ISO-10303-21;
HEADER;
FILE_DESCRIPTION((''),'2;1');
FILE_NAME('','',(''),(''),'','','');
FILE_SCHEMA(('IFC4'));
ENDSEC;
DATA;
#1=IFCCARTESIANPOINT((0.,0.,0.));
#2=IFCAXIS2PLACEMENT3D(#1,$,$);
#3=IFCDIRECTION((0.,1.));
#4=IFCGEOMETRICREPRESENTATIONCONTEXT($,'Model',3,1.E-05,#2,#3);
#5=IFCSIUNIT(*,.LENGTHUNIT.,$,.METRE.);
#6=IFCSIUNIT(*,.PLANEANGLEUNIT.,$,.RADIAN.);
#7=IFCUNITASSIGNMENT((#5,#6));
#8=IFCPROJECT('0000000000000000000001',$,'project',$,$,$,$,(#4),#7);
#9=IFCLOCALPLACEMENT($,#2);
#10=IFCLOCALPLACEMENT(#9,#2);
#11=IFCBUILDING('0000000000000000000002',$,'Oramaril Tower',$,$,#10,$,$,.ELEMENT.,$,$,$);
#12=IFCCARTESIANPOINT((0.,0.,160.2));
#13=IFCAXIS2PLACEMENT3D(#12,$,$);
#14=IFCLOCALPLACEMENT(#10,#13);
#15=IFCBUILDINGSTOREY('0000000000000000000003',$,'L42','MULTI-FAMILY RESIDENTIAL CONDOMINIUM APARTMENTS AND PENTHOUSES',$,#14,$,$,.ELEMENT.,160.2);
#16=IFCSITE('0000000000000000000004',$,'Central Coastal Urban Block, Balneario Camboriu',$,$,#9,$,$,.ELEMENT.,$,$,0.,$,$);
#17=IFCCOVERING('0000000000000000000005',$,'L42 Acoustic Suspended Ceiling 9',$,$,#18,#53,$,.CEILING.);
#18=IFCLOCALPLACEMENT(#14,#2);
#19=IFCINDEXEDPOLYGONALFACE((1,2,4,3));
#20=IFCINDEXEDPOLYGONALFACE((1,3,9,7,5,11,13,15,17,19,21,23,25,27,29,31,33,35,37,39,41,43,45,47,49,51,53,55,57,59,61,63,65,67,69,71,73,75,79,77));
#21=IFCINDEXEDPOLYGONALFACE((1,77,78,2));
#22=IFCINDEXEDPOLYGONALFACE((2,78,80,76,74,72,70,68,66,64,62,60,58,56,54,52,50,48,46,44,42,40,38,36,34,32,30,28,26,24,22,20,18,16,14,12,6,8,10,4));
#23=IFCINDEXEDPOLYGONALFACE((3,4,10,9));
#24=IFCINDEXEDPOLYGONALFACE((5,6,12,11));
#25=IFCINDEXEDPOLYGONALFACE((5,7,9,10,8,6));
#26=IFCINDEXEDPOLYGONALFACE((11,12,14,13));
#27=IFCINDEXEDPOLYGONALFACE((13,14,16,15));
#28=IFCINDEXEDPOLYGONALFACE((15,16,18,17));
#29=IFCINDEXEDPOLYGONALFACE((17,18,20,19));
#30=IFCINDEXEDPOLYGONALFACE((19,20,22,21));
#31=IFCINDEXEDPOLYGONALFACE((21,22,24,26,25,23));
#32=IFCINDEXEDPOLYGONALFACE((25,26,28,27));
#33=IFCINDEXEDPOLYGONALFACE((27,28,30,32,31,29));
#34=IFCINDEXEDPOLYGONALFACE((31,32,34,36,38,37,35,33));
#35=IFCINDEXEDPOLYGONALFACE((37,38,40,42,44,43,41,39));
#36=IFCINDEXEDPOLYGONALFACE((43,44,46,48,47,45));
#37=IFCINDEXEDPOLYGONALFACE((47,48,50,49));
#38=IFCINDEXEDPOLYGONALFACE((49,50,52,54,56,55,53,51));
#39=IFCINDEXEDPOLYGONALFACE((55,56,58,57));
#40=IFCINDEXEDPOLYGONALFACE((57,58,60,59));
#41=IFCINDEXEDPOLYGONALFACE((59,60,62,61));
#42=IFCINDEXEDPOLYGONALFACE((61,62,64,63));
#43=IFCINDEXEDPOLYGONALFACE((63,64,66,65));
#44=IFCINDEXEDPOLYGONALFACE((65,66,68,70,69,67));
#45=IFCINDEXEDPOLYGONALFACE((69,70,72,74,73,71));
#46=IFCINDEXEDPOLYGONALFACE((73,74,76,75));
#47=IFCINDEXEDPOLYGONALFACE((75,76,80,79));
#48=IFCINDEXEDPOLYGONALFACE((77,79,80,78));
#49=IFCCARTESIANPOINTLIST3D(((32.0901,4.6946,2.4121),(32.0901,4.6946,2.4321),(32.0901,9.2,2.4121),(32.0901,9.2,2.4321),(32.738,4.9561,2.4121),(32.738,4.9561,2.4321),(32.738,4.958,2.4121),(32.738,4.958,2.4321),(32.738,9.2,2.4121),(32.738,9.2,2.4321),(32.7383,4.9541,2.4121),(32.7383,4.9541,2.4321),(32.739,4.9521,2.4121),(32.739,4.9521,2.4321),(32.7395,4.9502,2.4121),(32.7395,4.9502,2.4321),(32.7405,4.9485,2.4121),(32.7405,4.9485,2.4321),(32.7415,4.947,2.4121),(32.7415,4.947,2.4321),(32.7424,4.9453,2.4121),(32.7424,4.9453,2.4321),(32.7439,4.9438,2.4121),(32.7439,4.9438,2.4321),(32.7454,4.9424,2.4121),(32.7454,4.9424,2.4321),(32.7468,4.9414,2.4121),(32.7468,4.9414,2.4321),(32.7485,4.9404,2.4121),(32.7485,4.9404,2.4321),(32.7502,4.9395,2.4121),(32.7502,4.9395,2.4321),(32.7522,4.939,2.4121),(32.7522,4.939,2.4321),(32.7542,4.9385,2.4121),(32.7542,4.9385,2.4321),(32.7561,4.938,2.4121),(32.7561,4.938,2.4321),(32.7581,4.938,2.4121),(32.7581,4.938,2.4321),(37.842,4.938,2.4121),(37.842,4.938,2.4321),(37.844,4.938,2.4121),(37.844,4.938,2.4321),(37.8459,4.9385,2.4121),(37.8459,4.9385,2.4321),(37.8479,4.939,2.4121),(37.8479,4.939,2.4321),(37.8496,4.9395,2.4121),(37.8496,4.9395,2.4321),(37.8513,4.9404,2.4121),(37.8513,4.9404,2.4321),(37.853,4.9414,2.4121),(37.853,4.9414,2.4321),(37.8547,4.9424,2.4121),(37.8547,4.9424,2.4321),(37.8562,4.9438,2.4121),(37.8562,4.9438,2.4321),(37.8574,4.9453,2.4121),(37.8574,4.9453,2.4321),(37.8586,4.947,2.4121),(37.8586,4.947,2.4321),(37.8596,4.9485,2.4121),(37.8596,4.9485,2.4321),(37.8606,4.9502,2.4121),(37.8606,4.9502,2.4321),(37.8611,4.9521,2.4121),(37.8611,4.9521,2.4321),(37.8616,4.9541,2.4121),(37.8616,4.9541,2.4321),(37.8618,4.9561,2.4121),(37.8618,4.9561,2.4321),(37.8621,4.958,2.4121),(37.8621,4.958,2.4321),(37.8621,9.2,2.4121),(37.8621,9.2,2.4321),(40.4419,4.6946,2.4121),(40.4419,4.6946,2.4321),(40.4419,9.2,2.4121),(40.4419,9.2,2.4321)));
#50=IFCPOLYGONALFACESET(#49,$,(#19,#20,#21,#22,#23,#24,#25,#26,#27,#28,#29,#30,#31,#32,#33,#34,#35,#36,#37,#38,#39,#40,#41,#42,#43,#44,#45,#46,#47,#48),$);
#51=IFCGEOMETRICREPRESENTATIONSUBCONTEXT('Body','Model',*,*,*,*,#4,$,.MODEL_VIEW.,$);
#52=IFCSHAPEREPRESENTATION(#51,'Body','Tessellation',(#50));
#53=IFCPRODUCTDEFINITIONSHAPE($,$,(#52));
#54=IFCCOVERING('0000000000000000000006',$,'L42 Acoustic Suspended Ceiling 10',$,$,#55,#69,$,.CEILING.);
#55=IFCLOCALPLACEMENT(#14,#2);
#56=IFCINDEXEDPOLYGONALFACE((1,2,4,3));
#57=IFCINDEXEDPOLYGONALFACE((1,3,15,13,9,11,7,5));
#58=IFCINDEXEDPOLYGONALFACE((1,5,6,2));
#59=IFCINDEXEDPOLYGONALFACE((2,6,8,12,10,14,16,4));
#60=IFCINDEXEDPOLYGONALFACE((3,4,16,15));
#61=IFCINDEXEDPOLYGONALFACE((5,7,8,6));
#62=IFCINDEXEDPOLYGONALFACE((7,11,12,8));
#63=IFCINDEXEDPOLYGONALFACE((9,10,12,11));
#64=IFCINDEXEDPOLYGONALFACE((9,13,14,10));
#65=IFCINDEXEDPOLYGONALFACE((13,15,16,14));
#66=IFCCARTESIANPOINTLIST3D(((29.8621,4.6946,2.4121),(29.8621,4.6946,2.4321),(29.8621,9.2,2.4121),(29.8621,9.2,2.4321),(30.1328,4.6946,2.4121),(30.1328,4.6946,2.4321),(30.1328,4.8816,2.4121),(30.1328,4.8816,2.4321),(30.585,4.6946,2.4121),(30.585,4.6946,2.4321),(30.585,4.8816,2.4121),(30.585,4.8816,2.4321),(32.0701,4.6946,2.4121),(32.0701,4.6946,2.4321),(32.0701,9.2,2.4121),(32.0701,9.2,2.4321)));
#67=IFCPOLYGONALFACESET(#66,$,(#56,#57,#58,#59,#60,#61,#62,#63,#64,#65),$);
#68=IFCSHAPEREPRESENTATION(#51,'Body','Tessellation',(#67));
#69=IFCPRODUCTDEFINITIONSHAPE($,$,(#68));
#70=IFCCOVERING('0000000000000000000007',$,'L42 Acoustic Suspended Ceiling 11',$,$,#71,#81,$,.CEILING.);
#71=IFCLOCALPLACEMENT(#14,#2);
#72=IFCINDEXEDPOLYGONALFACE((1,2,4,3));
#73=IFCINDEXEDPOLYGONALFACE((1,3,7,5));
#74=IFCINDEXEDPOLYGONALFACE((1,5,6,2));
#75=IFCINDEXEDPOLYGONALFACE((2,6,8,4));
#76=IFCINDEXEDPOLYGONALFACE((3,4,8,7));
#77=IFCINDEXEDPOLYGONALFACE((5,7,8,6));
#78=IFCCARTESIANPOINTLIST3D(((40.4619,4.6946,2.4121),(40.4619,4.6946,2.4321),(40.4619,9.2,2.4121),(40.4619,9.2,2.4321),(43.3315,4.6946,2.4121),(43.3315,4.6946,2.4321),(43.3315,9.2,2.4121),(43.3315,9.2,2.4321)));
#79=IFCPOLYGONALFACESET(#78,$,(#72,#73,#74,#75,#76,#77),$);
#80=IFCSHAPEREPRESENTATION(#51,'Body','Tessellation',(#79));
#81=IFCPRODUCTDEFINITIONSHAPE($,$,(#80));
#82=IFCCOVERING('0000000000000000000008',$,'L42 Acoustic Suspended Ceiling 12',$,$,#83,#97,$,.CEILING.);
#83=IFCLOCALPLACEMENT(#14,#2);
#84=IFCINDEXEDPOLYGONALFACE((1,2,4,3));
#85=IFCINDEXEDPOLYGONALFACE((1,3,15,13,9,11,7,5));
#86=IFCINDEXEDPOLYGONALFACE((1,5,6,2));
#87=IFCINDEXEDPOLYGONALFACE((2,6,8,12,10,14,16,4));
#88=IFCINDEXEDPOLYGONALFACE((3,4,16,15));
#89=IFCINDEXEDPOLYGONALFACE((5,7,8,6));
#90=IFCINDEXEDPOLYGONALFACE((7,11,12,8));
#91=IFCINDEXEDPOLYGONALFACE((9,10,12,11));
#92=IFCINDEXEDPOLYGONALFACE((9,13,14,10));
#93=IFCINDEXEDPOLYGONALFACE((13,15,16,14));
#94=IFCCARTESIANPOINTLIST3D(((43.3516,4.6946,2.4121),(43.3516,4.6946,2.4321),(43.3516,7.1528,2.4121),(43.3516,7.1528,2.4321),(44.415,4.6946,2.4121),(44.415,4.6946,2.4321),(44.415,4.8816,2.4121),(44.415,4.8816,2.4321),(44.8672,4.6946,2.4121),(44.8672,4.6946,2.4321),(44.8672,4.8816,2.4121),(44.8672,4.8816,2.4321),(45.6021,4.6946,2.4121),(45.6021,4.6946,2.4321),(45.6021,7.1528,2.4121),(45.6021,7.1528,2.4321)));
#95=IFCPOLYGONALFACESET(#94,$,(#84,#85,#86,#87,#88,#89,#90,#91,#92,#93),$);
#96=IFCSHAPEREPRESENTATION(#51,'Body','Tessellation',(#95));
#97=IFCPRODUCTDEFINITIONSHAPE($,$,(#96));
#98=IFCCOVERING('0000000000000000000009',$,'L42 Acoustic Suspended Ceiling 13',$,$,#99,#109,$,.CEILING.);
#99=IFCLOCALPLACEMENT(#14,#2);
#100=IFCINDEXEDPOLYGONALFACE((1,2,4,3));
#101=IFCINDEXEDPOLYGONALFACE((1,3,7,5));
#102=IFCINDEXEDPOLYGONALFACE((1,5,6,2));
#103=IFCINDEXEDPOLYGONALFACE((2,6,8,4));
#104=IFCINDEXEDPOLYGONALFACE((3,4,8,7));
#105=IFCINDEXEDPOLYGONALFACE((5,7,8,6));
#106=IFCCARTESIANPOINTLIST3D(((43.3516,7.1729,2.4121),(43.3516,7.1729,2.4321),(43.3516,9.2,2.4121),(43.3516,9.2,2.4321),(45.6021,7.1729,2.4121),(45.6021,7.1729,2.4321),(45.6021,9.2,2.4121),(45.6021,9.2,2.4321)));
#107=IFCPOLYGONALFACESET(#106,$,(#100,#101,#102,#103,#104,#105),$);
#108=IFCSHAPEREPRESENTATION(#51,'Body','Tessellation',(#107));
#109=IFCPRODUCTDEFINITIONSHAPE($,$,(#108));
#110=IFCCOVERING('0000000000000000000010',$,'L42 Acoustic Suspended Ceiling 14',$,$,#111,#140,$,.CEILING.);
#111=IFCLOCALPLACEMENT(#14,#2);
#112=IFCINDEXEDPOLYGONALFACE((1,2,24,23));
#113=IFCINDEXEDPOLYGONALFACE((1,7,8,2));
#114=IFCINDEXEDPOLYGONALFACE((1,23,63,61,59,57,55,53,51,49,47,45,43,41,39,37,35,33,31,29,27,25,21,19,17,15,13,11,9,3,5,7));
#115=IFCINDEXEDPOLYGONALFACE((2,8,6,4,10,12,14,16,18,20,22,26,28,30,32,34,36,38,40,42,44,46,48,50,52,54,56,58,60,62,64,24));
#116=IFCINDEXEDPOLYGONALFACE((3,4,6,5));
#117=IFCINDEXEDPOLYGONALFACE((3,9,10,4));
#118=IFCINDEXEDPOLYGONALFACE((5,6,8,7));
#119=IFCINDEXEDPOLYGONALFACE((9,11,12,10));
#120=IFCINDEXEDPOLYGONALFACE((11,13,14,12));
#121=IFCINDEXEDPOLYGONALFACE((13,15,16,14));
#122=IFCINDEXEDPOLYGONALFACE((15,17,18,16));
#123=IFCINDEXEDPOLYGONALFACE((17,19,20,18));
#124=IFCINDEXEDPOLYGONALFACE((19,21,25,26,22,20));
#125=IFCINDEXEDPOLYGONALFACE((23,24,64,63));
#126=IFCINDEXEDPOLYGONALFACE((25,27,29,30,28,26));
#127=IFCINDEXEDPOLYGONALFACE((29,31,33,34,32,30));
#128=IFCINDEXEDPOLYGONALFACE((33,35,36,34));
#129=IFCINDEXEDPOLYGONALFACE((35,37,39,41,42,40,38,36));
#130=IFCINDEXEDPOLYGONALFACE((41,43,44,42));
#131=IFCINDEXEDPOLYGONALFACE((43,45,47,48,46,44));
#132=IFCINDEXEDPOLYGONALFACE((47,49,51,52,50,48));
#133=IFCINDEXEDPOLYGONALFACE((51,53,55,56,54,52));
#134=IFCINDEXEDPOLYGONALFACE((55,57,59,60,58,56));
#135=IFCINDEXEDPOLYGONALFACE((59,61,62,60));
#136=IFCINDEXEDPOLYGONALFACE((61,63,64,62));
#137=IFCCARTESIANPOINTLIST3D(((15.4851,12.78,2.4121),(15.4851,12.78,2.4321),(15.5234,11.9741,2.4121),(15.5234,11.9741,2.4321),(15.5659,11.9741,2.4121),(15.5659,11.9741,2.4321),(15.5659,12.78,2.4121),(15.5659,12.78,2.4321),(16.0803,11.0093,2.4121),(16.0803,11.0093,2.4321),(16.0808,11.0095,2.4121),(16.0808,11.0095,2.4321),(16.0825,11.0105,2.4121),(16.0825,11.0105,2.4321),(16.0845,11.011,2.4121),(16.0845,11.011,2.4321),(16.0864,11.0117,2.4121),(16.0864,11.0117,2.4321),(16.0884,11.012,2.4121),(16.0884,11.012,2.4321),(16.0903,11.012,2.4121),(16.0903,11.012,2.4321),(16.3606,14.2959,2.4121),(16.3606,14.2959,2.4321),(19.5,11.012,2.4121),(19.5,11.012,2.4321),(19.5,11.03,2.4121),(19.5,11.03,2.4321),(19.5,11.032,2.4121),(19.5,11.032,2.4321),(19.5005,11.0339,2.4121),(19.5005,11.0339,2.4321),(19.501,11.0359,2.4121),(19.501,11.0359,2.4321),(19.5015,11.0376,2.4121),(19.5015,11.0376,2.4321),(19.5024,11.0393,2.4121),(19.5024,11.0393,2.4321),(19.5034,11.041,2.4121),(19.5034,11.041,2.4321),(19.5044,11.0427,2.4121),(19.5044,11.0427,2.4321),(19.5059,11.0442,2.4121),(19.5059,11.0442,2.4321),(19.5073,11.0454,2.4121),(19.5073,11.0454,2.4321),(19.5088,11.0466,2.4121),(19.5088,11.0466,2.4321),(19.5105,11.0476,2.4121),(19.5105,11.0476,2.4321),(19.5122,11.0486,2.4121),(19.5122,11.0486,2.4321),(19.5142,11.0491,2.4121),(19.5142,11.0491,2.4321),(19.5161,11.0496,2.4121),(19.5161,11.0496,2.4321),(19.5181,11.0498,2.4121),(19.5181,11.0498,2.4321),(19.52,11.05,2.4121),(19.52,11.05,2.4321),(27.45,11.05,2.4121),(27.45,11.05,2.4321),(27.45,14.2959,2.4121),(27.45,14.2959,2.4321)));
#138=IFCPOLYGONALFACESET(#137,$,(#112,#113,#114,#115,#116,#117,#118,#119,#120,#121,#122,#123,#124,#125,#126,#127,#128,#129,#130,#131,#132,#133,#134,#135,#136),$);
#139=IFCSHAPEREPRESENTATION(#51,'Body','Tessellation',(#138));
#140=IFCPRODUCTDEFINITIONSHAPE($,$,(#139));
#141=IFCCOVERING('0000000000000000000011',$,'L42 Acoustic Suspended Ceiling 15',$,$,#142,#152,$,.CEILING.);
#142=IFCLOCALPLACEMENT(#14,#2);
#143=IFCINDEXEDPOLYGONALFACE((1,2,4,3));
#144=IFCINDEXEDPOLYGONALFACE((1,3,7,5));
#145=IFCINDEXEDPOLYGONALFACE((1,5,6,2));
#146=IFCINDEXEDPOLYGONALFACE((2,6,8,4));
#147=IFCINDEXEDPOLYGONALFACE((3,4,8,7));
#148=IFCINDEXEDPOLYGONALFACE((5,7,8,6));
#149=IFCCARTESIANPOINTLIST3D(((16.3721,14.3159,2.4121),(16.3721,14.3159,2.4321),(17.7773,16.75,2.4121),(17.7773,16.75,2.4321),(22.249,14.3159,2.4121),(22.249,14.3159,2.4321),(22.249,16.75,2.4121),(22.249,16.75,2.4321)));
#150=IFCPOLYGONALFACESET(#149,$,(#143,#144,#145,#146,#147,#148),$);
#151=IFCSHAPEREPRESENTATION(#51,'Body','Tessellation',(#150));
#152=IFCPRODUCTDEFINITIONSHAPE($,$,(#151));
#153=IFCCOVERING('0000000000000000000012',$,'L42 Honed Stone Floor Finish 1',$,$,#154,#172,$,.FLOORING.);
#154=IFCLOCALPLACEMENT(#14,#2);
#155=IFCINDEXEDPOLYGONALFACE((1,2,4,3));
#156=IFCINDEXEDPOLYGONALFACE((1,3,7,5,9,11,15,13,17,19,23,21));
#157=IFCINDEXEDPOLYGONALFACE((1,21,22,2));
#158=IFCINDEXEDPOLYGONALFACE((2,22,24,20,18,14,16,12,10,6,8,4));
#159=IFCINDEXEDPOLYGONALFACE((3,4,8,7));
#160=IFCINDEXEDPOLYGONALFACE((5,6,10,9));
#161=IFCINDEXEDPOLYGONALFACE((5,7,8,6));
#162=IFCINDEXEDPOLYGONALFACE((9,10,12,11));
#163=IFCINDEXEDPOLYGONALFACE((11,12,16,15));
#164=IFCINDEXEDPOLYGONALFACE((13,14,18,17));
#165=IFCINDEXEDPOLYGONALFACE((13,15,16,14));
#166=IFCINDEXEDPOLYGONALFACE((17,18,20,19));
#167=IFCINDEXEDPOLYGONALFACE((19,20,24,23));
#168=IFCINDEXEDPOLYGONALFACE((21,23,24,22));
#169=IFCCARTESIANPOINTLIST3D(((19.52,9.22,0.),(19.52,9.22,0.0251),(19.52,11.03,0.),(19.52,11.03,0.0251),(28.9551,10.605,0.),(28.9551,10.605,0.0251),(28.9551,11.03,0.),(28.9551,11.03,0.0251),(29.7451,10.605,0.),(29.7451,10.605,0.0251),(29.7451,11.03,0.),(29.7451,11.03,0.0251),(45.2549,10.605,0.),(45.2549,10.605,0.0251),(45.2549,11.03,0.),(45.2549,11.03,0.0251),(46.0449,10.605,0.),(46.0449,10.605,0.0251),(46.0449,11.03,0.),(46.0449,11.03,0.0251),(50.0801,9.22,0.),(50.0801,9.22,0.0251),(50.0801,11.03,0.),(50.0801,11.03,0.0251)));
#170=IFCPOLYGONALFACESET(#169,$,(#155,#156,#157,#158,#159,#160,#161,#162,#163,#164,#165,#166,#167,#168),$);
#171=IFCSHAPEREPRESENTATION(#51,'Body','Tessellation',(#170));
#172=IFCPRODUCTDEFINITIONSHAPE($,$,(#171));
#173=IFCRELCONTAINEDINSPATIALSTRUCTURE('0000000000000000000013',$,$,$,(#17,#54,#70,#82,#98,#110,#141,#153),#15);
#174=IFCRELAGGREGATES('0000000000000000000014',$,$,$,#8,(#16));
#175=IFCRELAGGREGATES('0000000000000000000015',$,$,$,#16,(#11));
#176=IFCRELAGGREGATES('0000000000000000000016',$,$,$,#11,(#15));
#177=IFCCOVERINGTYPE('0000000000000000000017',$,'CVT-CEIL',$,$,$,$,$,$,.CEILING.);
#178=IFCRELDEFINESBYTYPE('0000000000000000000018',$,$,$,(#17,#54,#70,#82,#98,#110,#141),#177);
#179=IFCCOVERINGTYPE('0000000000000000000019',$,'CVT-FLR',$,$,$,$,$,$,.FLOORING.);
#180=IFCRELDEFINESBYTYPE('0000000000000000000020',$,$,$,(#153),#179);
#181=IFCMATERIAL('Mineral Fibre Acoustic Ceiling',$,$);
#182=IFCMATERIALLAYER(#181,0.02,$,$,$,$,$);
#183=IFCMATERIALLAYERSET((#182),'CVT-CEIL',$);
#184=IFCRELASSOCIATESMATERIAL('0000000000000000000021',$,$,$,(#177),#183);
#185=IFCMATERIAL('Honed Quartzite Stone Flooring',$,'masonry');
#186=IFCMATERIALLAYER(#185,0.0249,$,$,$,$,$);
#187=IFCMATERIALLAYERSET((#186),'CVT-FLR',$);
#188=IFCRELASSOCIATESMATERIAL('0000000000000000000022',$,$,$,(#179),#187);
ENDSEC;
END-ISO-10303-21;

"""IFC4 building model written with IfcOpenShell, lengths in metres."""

from ifc_helpers import new_model, si_unit, direction, frame, origin, place, context, subcontext, project, spatial, polyline, outline, extrude, material, layer, layer_set, type_object, element, save


model = new_model("IFC4")

# Units and contexts
model_context = context("Model", 3, precision=1e-05, world=origin(), true_north=direction((0.0, 1.0)))
body_context = subcontext(model_context, "Body", "Model", "MODEL_VIEW")
ifc_project = project(units=[si_unit("LENGTHUNIT", "METRE"), si_unit("PLANEANGLEUNIT", "RADIAN")], contexts=[model_context])

# Site, building, storey
site_placement = place(None, origin())
site = spatial("IfcSite", under=ifc_project, at=site_placement, Name="Central Coastal Urban Block, Balneario Camboriu", CompositionType="ELEMENT", RefElevation=0.0)
building_placement = place(site_placement, origin())
building = spatial("IfcBuilding", under=site, at=building_placement, Name="Oramaril Tower", CompositionType="ELEMENT")
storey_placement = place(building_placement, frame((0.0, 0.0, 160.2)))
storey = spatial("IfcBuildingStorey", under=building, at=storey_placement, Name="L42", Description="MULTI-FAMILY RESIDENTIAL CONDOMINIUM APARTMENTS AND PENTHOUSES", CompositionType="ELEMENT", Elevation=160.2)

# Coverings
ifc_material_1 = material(Name="Mineral Fibre Acoustic Ceiling")
ifc_layer_1 = layer(ifc_material_1, 0.02)
ifc_layer_set_1 = layer_set([ifc_layer_1], Name="CVT-CEIL")
covering_type_1 = type_object("IfcCoveringType", Name="CVT-CEIL", PredefinedType="CEILING", material=ifc_layer_set_1)
covering_1_placement = place(storey_placement, frame((0.0, 0.0, 2.4121)))
element("IfcCovering", 1, at=covering_1_placement, inside=storey, type_object=covering_type_1, Name="L42 Acoustic Suspended Ceiling 9", PredefinedType="CEILING", context=body_context, shape_type="SweptSolid", body=[
    extrude(outline(polyline([(40.4419, 4.6946), (32.0901, 4.6946), (32.0901, 9.2), (32.738, 9.2), (32.738, 4.958), (32.738, 4.9561), (32.7383, 4.9541), (32.739, 4.9521), (32.7395, 4.9502), (32.7405, 4.9485), (32.7415, 4.947), (32.7424, 4.9453), (32.7439, 4.9438), (32.7454, 4.9424), (32.7468, 4.9414), (32.7485, 4.9404), (32.7502, 4.9395), (32.7522, 4.939), (32.7542, 4.9385), (32.7561, 4.938), (32.7581, 4.938), (37.842, 4.938), (37.844, 4.938), (37.8459, 4.9385), (37.8479, 4.939), (37.8496, 4.9395), (37.8513, 4.9404), (37.853, 4.9414), (37.8547, 4.9424), (37.8562, 4.9438), (37.8574, 4.9453), (37.8586, 4.947), (37.8596, 4.9485), (37.8606, 4.9502), (37.8611, 4.9521), (37.8616, 4.9541), (37.8618, 4.9561), (37.8621, 4.958), (37.8621, 9.2), (40.4419, 9.2), (40.4419, 4.6946)])), origin(), (0.0, 0.0, 1.0), 0.02),
])
covering_2_placement = place(storey_placement, frame((0.0, 0.0, 2.4121)))
element("IfcCovering", 2, at=covering_2_placement, inside=storey, type_object=covering_type_1, Name="L42 Acoustic Suspended Ceiling 10", PredefinedType="CEILING", context=body_context, shape_type="SweptSolid", body=[
    extrude(outline(polyline([(30.585, 4.6946), (30.585, 4.8816), (30.1328, 4.8816), (30.1328, 4.6946), (29.8621, 4.6946), (29.8621, 9.2), (32.0701, 9.2), (32.0701, 4.6946), (30.585, 4.6946)])), origin(), (0.0, 0.0, 1.0), 0.02),
])
covering_3_placement = place(storey_placement, frame((0.0, 0.0, 2.4121)))
element("IfcCovering", 3, at=covering_3_placement, inside=storey, type_object=covering_type_1, Name="L42 Acoustic Suspended Ceiling 11", PredefinedType="CEILING", context=body_context, shape_type="SweptSolid", body=[
    extrude(outline(polyline([(43.3315, 4.6946), (40.4619, 4.6946), (40.4619, 9.2), (43.3315, 9.2), (43.3315, 4.6946)])), origin(), (0.0, 0.0, 1.0), 0.02),
])
covering_4_placement = place(storey_placement, frame((0.0, 0.0, 2.4121)))
element("IfcCovering", 4, at=covering_4_placement, inside=storey, type_object=covering_type_1, Name="L42 Acoustic Suspended Ceiling 12", PredefinedType="CEILING", context=body_context, shape_type="SweptSolid", body=[
    extrude(outline(polyline([(44.8672, 4.8816), (44.415, 4.8816), (44.415, 4.6946), (43.3516, 4.6946), (43.3516, 7.1528), (45.6021, 7.1528), (45.6021, 4.6946), (44.8672, 4.6946), (44.8672, 4.8816)])), origin(), (0.0, 0.0, 1.0), 0.02),
])
covering_5_placement = place(storey_placement, frame((0.0, 0.0, 2.4121)))
element("IfcCovering", 5, at=covering_5_placement, inside=storey, type_object=covering_type_1, Name="L42 Acoustic Suspended Ceiling 13", PredefinedType="CEILING", context=body_context, shape_type="SweptSolid", body=[
    extrude(outline(polyline([(45.6021, 7.1729), (43.3516, 7.1729), (43.3516, 9.2), (45.6021, 9.2), (45.6021, 7.1729)])), origin(), (0.0, 0.0, 1.0), 0.02),
])
covering_6_placement = place(storey_placement, frame((0.0, 0.0, 2.4121)))
element("IfcCovering", 6, at=covering_6_placement, inside=storey, type_object=covering_type_1, Name="L42 Acoustic Suspended Ceiling 14", PredefinedType="CEILING", context=body_context, shape_type="SweptSolid", body=[
    extrude(outline(polyline([(15.5234, 11.9741), (15.5659, 11.9741), (15.5659, 12.78), (15.4851, 12.78), (16.3606, 14.2959), (27.45, 14.2959), (27.45, 11.05), (19.52, 11.05), (19.5181, 11.0498), (19.5161, 11.0496), (19.5142, 11.0491), (19.5122, 11.0486), (19.5105, 11.0476), (19.5088, 11.0466), (19.5073, 11.0454), (19.5059, 11.0442), (19.5044, 11.0427), (19.5034, 11.041), (19.5024, 11.0393), (19.5015, 11.0376), (19.501, 11.0359), (19.5005, 11.0339), (19.5, 11.032), (19.5, 11.03), (19.5, 11.012), (16.0903, 11.012), (16.0884, 11.012), (16.0864, 11.0117), (16.0845, 11.011), (16.0825, 11.0105), (16.0808, 11.0095), (16.0803, 11.0093), (15.5234, 11.9741)])), origin(), (0.0, 0.0, 1.0), 0.02),
])
covering_7_placement = place(storey_placement, frame((0.0, 0.0, 2.4121)))
element("IfcCovering", 7, at=covering_7_placement, inside=storey, type_object=covering_type_1, Name="L42 Acoustic Suspended Ceiling 15", PredefinedType="CEILING", context=body_context, shape_type="SweptSolid", body=[
    extrude(outline(polyline([(17.7773, 16.75), (22.249, 16.75), (22.249, 14.3159), (16.3721, 14.3159), (17.7773, 16.75)])), origin(), (0.0, 0.0, 1.0), 0.02),
])
ifc_material_2 = material(Name="Honed Quartzite Stone Flooring", Category="masonry")
ifc_layer_2 = layer(ifc_material_2, 0.0249)
ifc_layer_set_2 = layer_set([ifc_layer_2], Name="CVT-FLR")
covering_type_2 = type_object("IfcCoveringType", Name="CVT-FLR", PredefinedType="FLOORING", material=ifc_layer_set_2)
covering_8_placement = place(storey_placement, origin())
element("IfcCovering", 8, at=covering_8_placement, inside=storey, type_object=covering_type_2, Name="L42 Honed Stone Floor Finish 1", PredefinedType="FLOORING", context=body_context, shape_type="SweptSolid", body=[
    extrude(outline(polyline([(28.9551, 10.605), (29.7451, 10.605), (29.7451, 11.03), (45.2549, 11.03), (45.2549, 10.605), (46.0449, 10.605), (46.0449, 11.03), (50.0801, 11.03), (50.0801, 9.22), (19.52, 9.22), (19.52, 11.03), (28.9551, 11.03), (28.9551, 10.605)])), origin(), (0.0, 0.0, 1.0), 0.0251),
])

save(model, "model.ifc")
